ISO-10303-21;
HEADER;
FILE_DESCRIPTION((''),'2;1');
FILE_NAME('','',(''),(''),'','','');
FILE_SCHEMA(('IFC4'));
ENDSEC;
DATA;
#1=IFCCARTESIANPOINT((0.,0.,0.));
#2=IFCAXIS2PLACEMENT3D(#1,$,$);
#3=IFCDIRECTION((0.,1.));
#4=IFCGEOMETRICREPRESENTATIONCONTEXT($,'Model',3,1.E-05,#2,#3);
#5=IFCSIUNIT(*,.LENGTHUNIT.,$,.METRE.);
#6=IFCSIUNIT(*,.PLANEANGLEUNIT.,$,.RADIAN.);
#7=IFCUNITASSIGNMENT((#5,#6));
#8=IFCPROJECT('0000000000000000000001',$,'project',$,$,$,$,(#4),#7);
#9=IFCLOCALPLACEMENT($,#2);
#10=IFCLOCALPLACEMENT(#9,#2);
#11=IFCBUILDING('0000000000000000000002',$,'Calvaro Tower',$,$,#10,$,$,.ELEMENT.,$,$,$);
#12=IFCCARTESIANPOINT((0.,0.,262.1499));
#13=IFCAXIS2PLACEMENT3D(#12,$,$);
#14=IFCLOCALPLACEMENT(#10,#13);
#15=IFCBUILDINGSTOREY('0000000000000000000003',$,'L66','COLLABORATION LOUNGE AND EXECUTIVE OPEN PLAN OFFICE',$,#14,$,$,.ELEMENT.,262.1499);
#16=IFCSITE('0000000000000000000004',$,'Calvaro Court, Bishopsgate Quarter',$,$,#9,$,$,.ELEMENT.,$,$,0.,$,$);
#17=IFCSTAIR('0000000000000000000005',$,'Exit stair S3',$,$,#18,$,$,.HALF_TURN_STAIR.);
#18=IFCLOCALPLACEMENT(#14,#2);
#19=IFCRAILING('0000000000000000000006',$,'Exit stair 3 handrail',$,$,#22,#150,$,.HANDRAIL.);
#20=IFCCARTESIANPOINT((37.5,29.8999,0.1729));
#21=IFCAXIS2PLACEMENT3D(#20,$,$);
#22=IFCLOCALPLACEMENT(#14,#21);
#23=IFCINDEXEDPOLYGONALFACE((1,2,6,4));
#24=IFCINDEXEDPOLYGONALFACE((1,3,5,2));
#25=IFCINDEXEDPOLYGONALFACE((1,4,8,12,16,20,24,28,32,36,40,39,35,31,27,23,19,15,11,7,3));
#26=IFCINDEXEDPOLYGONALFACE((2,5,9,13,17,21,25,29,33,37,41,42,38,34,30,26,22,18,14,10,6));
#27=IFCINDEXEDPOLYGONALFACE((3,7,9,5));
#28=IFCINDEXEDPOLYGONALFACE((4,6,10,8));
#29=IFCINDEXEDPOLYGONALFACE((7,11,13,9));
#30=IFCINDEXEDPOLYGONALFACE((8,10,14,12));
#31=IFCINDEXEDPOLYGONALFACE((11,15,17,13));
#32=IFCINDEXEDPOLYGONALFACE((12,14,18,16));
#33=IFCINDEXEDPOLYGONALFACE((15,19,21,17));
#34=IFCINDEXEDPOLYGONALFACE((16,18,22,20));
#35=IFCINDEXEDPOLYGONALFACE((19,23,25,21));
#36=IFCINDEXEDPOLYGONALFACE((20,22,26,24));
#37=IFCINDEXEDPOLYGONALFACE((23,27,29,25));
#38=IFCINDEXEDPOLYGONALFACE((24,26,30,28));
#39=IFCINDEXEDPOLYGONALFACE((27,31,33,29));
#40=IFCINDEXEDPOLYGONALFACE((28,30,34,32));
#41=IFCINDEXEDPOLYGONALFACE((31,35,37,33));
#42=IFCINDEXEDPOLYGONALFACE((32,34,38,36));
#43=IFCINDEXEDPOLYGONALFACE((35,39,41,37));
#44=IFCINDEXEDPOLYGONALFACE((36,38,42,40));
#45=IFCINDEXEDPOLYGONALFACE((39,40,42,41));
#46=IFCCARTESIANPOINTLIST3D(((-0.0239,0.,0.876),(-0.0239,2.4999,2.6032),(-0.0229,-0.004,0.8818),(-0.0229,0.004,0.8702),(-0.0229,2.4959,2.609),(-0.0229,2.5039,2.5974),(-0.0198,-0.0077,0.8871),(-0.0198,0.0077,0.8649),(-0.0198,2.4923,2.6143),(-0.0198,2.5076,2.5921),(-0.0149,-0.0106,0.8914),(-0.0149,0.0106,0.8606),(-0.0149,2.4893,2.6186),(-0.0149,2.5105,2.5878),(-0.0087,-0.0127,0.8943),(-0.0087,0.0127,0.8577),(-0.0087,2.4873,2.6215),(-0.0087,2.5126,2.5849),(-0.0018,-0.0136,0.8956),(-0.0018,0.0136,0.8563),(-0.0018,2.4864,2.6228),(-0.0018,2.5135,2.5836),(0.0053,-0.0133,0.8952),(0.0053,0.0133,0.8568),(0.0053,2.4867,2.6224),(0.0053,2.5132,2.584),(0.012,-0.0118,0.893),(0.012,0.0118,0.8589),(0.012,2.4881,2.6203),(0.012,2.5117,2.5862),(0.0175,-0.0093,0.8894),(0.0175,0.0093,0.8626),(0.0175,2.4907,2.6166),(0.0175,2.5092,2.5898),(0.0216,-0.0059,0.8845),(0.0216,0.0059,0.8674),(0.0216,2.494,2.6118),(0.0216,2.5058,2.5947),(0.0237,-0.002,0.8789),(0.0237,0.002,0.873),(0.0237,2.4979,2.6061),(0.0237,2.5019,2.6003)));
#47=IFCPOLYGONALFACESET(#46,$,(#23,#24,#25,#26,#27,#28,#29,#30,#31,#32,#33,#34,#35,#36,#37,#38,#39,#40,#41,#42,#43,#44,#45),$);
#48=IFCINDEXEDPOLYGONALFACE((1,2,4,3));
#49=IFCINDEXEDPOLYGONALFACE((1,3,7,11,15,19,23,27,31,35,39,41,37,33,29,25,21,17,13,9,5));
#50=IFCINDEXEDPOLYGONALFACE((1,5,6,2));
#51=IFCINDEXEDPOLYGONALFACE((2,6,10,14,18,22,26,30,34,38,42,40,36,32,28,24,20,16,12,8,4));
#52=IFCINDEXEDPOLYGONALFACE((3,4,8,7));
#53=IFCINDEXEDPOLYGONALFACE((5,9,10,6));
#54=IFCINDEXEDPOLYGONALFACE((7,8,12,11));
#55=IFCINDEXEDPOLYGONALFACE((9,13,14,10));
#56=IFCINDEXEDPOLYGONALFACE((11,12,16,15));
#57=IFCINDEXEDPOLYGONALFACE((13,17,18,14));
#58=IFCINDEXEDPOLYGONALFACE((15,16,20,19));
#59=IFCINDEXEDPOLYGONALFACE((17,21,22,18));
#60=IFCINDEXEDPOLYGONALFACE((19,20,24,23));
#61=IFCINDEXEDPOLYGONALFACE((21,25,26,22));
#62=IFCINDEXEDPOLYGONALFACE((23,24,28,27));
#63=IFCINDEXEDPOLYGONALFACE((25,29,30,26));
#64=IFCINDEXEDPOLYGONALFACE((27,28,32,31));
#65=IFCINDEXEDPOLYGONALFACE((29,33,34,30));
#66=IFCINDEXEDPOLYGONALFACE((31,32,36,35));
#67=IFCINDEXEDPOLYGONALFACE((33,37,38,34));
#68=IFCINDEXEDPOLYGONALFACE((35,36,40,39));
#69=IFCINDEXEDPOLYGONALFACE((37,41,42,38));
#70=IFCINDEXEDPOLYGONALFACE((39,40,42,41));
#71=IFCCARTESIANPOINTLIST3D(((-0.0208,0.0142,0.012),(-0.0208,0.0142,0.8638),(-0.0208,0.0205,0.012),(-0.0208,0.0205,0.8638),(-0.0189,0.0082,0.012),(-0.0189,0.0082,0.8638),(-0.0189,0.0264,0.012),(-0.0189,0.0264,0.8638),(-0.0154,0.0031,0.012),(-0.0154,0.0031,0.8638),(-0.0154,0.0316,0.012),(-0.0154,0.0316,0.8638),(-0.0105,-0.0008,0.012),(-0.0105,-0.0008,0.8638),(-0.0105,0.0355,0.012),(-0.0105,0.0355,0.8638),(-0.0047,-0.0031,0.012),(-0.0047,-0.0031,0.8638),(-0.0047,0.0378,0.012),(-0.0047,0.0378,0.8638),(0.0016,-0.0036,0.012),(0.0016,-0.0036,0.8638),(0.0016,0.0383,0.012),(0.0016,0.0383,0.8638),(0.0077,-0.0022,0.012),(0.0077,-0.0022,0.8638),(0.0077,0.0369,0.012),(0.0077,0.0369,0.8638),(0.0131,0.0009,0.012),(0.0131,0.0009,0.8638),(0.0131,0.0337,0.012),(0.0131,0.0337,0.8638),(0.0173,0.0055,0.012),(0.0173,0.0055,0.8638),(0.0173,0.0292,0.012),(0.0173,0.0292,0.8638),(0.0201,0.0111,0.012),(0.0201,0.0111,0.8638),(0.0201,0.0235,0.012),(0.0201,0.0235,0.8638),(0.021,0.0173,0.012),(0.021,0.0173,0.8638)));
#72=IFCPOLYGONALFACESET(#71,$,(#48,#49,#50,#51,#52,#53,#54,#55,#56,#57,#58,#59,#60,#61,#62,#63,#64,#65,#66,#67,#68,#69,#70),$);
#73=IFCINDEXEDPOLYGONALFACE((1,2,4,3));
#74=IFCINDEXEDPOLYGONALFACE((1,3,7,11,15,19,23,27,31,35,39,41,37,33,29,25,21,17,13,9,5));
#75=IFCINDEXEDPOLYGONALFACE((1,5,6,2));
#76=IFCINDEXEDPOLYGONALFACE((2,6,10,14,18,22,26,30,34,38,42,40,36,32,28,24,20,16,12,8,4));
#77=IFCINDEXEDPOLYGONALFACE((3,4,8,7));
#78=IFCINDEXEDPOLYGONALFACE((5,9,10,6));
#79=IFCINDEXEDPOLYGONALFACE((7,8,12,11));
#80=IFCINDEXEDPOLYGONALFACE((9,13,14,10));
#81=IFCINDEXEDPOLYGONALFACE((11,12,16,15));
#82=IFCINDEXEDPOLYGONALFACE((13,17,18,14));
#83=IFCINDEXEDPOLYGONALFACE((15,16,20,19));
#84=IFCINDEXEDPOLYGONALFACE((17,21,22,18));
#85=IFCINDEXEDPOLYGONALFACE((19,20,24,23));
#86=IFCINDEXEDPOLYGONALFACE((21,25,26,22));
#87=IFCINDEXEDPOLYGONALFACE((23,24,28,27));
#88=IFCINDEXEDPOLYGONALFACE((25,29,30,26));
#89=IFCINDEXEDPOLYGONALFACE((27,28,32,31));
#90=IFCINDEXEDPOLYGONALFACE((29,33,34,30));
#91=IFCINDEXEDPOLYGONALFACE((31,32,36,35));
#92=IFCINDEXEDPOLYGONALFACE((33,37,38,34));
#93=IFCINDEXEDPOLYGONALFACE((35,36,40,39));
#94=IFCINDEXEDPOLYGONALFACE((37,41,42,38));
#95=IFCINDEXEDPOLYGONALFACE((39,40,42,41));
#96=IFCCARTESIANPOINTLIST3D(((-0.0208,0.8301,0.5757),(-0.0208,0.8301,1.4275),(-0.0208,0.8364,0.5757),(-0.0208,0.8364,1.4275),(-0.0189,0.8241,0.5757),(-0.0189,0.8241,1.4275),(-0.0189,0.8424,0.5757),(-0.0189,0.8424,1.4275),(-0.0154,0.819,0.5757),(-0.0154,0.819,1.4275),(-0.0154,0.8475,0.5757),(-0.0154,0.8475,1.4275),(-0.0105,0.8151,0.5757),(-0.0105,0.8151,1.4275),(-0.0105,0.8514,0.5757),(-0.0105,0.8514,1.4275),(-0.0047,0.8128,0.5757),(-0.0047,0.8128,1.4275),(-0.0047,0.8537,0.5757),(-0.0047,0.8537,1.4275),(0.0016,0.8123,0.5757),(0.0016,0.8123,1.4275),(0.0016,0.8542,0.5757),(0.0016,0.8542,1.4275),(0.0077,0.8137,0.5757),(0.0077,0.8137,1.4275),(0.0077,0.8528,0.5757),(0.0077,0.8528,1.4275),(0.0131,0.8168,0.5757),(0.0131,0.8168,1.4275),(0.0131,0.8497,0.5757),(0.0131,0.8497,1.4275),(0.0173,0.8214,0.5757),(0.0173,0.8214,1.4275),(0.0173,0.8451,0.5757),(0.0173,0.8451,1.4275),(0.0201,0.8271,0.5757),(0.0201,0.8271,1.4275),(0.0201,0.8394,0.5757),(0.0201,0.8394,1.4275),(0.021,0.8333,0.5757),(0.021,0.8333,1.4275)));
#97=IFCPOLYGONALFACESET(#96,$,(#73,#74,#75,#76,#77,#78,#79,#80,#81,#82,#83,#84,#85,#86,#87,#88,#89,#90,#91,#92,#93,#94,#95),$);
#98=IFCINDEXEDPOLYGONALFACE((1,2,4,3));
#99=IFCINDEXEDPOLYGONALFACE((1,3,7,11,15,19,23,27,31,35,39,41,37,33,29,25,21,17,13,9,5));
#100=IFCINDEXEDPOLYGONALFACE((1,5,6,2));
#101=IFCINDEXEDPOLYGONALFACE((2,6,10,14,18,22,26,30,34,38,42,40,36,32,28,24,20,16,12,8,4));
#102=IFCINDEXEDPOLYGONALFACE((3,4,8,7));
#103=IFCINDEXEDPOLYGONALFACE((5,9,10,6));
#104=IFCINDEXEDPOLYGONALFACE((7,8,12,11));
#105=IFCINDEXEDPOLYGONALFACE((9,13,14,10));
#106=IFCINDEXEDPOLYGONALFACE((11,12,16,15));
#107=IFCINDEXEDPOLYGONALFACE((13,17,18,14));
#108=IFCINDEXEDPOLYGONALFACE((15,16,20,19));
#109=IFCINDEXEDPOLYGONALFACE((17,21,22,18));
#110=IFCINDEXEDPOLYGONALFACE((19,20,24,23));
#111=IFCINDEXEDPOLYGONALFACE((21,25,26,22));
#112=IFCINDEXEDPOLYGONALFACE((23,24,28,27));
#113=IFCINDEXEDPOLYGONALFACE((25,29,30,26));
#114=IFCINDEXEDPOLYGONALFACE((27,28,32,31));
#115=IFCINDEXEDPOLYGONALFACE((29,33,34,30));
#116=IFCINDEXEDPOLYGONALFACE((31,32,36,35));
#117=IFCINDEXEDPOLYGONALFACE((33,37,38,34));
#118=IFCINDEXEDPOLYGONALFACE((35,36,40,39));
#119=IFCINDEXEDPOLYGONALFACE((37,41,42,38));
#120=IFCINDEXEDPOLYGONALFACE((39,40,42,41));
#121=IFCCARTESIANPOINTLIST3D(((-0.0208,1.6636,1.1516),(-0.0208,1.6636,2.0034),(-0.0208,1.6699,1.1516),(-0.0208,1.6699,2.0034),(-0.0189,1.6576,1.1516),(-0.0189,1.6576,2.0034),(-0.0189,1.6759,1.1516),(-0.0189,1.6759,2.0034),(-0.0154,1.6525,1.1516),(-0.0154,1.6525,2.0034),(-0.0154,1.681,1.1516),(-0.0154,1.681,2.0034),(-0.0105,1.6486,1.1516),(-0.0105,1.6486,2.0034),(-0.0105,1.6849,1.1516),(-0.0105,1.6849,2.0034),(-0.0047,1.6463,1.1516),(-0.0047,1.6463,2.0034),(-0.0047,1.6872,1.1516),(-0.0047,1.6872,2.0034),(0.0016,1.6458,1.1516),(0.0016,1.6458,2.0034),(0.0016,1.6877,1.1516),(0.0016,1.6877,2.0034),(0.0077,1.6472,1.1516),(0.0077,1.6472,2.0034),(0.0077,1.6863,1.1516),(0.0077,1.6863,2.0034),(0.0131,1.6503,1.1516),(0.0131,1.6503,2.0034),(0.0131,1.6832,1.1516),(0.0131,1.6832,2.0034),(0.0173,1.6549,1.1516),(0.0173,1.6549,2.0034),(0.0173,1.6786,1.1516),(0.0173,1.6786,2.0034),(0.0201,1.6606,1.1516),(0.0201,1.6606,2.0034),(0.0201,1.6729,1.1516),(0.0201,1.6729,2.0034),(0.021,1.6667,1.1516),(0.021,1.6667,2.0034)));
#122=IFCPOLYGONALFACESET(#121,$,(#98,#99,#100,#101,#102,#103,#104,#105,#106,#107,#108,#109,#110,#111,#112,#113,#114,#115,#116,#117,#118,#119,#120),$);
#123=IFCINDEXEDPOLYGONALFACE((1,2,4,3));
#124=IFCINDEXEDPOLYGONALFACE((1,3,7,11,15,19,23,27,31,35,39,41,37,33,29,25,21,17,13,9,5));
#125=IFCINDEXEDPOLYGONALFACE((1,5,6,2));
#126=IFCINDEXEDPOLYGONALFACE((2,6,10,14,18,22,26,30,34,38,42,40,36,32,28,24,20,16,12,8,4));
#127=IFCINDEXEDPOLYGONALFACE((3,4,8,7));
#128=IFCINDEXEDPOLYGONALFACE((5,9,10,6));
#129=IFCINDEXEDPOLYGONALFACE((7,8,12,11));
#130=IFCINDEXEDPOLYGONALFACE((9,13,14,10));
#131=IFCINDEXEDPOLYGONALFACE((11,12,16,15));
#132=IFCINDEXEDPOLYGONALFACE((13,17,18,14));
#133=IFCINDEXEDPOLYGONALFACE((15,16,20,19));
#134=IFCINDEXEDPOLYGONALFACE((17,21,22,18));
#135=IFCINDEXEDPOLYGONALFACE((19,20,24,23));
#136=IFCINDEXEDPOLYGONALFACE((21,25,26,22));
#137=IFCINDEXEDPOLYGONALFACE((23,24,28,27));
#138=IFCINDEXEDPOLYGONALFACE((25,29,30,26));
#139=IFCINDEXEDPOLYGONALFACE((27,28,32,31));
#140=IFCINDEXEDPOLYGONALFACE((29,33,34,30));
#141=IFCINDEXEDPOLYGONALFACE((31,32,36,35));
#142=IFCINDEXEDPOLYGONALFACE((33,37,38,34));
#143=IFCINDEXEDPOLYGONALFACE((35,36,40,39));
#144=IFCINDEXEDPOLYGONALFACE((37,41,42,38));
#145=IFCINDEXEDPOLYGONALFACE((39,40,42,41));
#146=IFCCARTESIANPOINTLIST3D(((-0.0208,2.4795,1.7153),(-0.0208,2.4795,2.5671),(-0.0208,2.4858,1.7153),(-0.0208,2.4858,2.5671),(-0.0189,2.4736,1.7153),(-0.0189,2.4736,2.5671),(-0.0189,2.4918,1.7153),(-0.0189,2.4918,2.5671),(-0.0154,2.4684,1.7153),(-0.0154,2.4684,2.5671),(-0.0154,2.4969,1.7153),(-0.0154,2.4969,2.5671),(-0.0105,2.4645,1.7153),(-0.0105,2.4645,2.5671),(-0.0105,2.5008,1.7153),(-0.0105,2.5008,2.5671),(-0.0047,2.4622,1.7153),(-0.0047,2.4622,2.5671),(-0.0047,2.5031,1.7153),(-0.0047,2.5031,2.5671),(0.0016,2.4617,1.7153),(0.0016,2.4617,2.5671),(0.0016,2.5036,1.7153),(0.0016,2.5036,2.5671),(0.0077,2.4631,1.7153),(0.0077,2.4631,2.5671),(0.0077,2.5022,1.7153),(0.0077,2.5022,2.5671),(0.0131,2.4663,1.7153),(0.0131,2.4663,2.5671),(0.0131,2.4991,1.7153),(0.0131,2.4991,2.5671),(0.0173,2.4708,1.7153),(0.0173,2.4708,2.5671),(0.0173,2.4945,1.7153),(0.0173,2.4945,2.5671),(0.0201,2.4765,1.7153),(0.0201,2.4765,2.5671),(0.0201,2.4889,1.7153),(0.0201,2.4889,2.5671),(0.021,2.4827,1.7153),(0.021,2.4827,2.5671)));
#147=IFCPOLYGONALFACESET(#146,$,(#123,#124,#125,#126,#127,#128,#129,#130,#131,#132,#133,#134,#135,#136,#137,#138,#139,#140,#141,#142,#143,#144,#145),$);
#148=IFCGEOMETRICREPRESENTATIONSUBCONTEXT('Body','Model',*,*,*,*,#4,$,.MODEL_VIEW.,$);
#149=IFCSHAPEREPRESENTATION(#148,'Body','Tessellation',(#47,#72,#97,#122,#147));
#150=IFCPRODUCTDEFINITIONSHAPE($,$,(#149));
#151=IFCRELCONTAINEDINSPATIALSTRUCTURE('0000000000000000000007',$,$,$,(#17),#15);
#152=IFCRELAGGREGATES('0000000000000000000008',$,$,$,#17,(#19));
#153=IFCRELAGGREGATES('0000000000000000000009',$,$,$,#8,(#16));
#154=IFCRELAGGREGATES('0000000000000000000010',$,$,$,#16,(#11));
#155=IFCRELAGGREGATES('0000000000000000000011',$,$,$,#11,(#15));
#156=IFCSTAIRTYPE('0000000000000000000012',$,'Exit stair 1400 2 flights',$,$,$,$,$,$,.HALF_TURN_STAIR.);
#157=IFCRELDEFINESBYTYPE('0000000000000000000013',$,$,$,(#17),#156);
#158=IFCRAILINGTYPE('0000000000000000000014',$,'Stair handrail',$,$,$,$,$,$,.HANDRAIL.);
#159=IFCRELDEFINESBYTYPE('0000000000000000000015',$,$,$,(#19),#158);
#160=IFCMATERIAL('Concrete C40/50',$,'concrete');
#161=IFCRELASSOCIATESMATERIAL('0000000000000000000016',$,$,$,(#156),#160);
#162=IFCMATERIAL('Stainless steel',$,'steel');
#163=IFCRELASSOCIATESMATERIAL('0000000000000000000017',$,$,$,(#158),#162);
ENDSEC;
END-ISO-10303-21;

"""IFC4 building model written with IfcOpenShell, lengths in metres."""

from ifc_helpers import new_model, si_unit, direction, frame, origin, origin_2d, place, context, subcontext, project, spatial, circle, extrude, material, type_object, element, aggregate, save


model = new_model("IFC4")

# Units and contexts
model_context = context("Model", 3, precision=1e-05, world=origin(), true_north=direction((0.0, 1.0)))
body_context = subcontext(model_context, "Body", "Model", "MODEL_VIEW")
ifc_project = project(units=[si_unit("LENGTHUNIT", "METRE"), si_unit("PLANEANGLEUNIT", "RADIAN")], contexts=[model_context])

# Site, building, storey
site_placement = place(None, origin())
site = spatial("IfcSite", under=ifc_project, at=site_placement, Name="Calvaro Court, Bishopsgate Quarter", CompositionType="ELEMENT", RefElevation=0.0)
building_placement = place(site_placement, origin())
building = spatial("IfcBuilding", under=site, at=building_placement, Name="Calvaro Tower", CompositionType="ELEMENT")
storey_placement = place(building_placement, frame((0.0, 0.0, 262.1499)))
storey = spatial("IfcBuildingStorey", under=building, at=storey_placement, Name="L66", Description="COLLABORATION LOUNGE AND EXECUTIVE OPEN PLAN OFFICE", CompositionType="ELEMENT", Elevation=262.1499)

# Stair
ifc_material_1 = material(Name="Concrete C40/50", Category="concrete")
stair_type = type_object("IfcStairType", Name="Exit stair 1400 2 flights", PredefinedType="HALF_TURN_STAIR", material=ifc_material_1)
stair_1_placement = place(storey_placement, origin())
stair_1 = element("IfcStair", 1, at=stair_1_placement, inside=storey, type_object=stair_type, Name="Exit stair S3", PredefinedType="HALF_TURN_STAIR")

# Railing
ifc_material_2 = material(Name="Stainless steel", Category="steel")
railing_type = type_object("IfcRailingType", Name="Stair handrail", PredefinedType="HANDRAIL", material=ifc_material_2)
railing_1_placement = place(storey_placement, frame((37.5, 29.8999, 0.1729)))
railing_1 = element("IfcRailing", 2, at=railing_1_placement, type_object=railing_type, Name="Exit stair 3 handrail", PredefinedType="HANDRAIL", context=body_context, shape_type="SweptSolid", body=[
    extrude(circle(Radius=0.0239, at=origin_2d()), frame((0.0, 0.0, 0.876), z_axis=(0.0, 0.822727, 0.568437), x_axis=(-1.0, 0.0, 0.0)), (0.0, 0.0, 1.0), 3.0386),
    extrude(circle(Radius=0.021, at=origin_2d()), frame((0.0, 0.0173, 0.012)), (0.0, 0.0, 1.0), 0.8518),
    extrude(circle(Radius=0.021, at=origin_2d()), frame((0.0, 0.8333, 0.5757)), (0.0, 0.0, 1.0), 0.8518),
    extrude(circle(Radius=0.021, at=origin_2d()), frame((0.0, 1.6667, 1.1516)), (0.0, 0.0, 1.0), 0.8518),
    extrude(circle(Radius=0.021, at=origin_2d()), frame((0.0, 2.4827, 1.7153)), (0.0, 0.0, 1.0), 0.8518),
])
aggregate(stair_1, [railing_1])

save(model, "model.ifc")
